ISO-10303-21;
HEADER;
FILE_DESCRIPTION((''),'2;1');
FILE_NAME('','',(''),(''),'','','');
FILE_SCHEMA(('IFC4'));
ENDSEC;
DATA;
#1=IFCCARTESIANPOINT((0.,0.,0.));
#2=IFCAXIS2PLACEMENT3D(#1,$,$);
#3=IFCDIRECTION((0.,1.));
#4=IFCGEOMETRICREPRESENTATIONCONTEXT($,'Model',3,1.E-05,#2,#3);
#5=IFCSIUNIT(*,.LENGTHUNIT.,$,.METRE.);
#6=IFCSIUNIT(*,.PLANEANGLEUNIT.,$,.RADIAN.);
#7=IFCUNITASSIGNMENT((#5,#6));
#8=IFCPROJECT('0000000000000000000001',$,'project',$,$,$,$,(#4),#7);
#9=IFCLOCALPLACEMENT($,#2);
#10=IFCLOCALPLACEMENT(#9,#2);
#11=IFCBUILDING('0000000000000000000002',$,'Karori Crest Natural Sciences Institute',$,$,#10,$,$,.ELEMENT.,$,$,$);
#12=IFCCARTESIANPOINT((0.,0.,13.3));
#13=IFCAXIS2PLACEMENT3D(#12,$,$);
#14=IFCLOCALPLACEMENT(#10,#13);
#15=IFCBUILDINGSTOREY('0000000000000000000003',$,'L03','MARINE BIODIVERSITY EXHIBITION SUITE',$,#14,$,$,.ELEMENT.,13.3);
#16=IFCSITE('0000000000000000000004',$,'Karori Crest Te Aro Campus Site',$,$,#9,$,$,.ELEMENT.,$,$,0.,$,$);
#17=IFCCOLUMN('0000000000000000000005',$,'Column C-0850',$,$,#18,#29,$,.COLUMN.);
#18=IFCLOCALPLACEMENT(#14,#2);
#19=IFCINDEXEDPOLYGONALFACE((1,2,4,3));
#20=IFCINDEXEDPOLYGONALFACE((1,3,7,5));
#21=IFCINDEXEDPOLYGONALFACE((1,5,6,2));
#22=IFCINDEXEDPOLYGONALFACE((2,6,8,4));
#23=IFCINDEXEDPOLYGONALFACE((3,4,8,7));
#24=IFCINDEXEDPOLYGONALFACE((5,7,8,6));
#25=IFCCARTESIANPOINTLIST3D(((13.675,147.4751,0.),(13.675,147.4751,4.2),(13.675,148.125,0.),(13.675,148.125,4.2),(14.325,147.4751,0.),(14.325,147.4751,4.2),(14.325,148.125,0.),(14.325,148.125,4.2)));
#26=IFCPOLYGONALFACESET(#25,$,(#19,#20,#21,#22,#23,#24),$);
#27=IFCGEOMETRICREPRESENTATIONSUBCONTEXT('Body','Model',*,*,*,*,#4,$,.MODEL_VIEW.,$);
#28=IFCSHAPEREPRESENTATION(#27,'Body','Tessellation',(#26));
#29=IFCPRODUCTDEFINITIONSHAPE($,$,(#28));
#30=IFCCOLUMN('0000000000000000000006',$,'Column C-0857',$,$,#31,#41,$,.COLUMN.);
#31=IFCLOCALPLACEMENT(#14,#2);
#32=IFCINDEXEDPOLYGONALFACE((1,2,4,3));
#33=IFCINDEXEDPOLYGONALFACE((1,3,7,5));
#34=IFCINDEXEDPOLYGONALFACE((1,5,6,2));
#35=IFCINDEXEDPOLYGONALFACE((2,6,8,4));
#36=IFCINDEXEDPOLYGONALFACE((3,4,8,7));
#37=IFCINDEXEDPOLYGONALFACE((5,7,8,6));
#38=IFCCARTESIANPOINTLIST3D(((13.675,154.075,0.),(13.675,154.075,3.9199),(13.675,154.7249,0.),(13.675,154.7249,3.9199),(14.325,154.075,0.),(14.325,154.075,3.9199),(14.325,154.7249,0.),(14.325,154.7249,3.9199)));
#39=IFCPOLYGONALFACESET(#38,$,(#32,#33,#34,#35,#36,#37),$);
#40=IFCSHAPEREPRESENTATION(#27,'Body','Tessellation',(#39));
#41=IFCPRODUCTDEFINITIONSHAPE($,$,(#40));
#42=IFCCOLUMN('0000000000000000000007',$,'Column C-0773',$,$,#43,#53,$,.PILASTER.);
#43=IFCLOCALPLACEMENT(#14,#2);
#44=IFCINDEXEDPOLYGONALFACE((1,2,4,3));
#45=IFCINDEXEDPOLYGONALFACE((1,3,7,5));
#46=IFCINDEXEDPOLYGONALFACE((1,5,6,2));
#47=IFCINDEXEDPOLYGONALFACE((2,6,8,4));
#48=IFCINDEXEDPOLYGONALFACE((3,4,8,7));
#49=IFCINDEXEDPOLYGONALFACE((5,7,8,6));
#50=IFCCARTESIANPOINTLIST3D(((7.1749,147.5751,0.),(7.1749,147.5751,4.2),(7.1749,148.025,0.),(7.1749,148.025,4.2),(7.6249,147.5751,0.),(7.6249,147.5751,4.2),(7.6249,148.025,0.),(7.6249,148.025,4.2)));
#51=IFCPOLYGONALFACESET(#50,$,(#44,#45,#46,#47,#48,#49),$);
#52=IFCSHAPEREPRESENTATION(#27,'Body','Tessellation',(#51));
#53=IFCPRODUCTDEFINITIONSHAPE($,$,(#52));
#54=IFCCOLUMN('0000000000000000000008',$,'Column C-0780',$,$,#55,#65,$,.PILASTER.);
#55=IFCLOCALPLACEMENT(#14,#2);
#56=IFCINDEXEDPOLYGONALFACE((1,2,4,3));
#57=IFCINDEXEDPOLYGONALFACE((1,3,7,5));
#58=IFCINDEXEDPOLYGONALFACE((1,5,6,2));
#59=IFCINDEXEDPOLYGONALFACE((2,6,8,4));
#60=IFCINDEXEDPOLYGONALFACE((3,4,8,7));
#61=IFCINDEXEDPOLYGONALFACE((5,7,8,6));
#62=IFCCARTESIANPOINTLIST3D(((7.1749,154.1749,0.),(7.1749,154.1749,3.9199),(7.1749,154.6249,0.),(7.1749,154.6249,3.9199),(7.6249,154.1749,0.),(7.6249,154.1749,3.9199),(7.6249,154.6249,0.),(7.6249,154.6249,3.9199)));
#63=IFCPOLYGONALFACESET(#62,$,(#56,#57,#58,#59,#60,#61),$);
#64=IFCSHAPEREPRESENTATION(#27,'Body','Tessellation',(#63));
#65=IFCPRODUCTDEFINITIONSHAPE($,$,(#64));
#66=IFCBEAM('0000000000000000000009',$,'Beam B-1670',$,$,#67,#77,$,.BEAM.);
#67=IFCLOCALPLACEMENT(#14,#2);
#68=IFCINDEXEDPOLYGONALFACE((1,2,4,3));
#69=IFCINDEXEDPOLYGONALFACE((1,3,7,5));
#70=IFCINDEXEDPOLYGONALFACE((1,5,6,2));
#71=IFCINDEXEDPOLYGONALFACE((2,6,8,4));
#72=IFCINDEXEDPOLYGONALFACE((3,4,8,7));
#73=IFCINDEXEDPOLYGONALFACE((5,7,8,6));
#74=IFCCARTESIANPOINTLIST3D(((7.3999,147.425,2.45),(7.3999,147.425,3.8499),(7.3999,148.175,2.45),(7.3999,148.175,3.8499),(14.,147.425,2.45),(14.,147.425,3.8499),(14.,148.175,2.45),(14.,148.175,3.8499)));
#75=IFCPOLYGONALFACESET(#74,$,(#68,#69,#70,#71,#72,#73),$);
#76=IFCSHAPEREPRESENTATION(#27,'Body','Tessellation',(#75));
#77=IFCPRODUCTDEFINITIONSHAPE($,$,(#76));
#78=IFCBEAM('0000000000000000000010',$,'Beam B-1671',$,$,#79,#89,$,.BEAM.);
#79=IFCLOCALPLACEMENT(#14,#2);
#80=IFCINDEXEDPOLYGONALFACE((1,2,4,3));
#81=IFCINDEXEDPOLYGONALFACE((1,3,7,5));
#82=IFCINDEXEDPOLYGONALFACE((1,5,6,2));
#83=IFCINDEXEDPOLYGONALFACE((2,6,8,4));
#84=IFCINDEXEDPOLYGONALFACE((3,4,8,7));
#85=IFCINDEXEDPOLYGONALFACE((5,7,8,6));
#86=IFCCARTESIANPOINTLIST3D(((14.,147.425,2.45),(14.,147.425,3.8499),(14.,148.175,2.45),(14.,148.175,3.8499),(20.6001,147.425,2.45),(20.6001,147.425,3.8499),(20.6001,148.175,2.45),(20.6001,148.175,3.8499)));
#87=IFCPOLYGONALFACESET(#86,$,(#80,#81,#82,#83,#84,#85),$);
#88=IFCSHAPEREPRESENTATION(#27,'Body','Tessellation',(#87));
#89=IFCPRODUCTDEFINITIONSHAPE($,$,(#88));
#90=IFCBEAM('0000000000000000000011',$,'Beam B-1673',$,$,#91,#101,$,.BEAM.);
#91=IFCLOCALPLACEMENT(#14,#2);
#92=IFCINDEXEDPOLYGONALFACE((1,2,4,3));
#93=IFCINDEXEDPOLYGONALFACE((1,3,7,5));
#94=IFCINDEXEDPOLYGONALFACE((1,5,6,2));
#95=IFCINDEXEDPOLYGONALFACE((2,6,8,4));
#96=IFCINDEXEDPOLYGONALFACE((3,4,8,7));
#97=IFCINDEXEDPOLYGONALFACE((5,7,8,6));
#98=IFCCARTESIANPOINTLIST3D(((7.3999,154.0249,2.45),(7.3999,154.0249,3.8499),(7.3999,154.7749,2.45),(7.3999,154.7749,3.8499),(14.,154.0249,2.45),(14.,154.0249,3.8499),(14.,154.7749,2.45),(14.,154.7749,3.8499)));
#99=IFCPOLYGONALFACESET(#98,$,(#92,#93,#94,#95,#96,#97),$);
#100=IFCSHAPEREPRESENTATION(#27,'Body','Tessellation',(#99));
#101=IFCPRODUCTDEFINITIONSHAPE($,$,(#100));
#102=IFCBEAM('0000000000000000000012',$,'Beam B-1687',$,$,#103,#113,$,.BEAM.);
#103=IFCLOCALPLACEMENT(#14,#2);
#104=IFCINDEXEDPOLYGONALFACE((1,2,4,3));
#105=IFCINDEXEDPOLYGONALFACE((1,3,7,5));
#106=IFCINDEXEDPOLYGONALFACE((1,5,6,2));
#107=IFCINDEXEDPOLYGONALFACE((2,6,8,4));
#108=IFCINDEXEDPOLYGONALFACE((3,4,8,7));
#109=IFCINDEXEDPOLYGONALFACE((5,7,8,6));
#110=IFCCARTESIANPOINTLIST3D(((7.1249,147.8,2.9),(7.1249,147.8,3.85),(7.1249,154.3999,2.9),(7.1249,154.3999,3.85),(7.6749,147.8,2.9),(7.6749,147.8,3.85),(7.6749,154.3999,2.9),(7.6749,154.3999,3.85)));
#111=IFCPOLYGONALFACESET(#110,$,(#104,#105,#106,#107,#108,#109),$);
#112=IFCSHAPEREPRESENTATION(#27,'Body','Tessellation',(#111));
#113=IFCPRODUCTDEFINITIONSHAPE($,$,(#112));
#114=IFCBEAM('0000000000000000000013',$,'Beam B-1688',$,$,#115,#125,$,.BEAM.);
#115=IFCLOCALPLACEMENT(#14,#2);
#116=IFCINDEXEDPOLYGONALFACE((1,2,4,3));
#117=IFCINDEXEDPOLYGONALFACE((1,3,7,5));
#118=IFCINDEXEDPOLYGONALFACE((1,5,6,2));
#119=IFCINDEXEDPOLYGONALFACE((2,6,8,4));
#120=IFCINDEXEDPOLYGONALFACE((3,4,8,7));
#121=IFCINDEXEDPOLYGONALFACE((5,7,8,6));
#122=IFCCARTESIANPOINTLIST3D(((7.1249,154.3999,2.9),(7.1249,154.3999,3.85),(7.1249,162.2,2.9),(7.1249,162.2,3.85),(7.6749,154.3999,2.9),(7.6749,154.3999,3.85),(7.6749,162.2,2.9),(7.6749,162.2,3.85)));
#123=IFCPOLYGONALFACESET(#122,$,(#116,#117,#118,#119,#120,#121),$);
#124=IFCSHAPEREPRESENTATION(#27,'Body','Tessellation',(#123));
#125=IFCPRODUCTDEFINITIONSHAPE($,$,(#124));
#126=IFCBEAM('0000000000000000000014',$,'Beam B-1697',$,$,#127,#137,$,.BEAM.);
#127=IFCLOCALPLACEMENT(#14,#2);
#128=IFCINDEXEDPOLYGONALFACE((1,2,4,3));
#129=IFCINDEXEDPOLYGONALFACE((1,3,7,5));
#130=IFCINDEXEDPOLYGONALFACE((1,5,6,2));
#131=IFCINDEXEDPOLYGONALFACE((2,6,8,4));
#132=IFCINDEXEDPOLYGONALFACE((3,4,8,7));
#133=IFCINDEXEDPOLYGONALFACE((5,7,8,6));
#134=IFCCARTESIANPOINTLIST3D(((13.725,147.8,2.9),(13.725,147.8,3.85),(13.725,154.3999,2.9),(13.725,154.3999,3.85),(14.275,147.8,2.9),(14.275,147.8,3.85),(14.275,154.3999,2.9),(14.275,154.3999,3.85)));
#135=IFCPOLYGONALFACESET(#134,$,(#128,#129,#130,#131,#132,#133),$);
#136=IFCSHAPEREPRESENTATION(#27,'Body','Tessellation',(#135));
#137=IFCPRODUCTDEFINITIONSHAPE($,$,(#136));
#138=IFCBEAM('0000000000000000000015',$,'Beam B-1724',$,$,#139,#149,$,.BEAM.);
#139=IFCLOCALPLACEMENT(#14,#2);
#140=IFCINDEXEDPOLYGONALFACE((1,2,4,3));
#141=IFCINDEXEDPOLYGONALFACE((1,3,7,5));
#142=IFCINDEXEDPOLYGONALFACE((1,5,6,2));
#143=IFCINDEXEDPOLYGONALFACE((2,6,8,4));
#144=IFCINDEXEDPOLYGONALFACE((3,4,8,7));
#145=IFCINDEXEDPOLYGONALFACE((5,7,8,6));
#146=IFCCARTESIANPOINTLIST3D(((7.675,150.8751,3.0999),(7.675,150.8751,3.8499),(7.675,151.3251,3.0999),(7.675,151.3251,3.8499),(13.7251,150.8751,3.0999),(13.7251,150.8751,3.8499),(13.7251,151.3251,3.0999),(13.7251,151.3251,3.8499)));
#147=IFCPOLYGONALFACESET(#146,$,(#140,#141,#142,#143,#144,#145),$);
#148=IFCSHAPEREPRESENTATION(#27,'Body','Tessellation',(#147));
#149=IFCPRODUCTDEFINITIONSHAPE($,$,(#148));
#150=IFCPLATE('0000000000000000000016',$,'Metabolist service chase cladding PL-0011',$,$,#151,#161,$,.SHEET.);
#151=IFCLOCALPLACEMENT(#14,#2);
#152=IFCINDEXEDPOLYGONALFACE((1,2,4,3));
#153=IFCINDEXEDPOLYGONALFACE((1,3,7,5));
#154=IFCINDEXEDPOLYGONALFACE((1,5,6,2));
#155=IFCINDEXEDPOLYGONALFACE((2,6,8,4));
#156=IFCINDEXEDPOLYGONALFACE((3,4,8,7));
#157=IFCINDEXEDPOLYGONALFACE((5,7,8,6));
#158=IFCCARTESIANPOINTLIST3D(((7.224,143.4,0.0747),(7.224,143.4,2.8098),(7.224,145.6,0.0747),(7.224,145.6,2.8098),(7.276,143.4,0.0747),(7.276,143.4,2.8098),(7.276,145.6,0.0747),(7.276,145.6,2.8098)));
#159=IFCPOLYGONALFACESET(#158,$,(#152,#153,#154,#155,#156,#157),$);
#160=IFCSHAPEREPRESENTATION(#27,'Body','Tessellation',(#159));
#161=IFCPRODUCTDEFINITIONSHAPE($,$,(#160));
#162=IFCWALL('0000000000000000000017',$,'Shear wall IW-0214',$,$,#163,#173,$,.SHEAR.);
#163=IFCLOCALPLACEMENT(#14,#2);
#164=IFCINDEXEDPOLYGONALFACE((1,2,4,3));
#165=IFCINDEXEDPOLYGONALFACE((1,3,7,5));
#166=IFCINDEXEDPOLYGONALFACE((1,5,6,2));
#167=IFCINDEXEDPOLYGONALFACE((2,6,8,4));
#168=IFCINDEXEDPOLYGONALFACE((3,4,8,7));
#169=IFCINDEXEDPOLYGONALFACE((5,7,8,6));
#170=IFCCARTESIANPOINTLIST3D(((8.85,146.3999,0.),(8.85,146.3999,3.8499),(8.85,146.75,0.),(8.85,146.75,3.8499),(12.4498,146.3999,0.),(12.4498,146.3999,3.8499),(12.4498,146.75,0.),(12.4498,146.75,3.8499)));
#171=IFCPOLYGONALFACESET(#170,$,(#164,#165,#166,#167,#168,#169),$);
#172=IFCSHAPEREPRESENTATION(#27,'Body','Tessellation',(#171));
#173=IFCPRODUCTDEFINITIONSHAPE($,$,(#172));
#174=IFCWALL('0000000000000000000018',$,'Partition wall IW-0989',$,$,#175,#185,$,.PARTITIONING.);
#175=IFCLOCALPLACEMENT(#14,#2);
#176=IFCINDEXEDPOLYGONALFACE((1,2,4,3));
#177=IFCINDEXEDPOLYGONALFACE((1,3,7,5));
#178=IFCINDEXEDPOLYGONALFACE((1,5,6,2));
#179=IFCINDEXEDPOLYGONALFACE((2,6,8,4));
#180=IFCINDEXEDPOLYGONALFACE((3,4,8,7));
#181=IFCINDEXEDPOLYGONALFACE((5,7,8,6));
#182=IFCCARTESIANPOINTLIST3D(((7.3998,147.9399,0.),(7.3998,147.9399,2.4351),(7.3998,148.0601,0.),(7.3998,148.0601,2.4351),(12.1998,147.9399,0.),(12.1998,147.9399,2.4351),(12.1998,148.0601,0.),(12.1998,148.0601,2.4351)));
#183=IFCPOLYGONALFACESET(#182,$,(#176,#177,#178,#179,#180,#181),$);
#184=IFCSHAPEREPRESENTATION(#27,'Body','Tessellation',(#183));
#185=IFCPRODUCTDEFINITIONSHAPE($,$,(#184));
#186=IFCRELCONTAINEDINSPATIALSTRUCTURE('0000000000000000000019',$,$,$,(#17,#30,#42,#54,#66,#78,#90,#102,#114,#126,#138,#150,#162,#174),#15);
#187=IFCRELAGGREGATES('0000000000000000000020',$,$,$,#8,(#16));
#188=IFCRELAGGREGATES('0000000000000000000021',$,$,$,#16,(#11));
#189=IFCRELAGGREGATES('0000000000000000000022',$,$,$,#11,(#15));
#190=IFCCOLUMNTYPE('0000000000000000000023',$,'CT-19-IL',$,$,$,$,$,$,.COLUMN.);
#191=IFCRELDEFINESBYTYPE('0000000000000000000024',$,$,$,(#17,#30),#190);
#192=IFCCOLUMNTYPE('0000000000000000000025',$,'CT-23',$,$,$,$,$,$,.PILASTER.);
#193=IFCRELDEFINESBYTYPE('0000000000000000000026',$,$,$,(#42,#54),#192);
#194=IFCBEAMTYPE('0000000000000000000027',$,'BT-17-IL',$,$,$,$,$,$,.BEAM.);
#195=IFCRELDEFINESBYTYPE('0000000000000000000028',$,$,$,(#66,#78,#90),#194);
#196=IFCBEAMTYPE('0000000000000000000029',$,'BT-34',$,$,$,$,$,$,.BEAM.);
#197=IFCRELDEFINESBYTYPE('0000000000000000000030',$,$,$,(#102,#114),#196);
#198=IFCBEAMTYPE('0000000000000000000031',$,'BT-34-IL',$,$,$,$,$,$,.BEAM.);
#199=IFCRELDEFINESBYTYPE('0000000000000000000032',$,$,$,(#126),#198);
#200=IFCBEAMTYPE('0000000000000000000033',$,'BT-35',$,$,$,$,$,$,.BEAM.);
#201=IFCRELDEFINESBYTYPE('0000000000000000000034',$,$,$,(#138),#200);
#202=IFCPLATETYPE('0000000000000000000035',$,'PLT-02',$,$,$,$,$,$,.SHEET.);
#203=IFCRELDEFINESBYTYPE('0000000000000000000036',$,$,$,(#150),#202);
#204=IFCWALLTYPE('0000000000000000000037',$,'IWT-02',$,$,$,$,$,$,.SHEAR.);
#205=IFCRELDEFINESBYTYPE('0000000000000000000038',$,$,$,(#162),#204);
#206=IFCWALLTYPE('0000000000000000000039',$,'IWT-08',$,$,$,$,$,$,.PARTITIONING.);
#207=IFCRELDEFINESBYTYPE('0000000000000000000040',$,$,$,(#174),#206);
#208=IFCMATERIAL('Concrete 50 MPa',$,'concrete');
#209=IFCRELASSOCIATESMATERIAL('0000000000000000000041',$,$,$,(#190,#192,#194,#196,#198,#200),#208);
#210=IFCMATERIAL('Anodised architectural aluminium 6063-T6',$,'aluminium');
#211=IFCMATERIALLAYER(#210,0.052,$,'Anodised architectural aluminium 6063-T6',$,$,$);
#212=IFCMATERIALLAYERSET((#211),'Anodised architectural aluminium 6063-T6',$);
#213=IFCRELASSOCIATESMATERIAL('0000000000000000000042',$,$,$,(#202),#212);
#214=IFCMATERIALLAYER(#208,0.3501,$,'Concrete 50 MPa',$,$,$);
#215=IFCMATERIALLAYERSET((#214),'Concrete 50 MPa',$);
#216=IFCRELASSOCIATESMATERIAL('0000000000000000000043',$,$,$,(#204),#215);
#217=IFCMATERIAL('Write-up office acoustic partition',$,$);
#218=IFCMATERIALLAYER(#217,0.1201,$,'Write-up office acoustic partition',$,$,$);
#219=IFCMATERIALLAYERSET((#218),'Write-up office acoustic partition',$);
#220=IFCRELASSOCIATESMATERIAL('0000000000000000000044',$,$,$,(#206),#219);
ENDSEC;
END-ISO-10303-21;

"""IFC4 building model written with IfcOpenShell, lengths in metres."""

from ifc_helpers import new_model, si_unit, direction, frame, frame_2d, origin, origin_2d, place, context, subcontext, project, spatial, rectangle, extrude, material, layer, layer_set, material_profile, profile_set, type_object, element, save


model = new_model("IFC4")

# Units and contexts
model_context = context("Model", 3, precision=1e-05, world=origin(), true_north=direction((0.0, 1.0)))
body_context = subcontext(model_context, "Body", "Model", "MODEL_VIEW")
ifc_project = project(units=[si_unit("LENGTHUNIT", "METRE"), si_unit("PLANEANGLEUNIT", "RADIAN")], contexts=[model_context])

# Site, building, storey
site_placement = place(None, origin())
site = spatial("IfcSite", under=ifc_project, at=site_placement, Name="Karori Crest Te Aro Campus Site", CompositionType="ELEMENT", RefElevation=0.0)
building_placement = place(site_placement, origin())
building = spatial("IfcBuilding", under=site, at=building_placement, Name="Karori Crest Natural Sciences Institute", CompositionType="ELEMENT")
storey_placement = place(building_placement, frame((0.0, 0.0, 13.3)))
storey = spatial("IfcBuildingStorey", under=building, at=storey_placement, Name="L03", Description="MARINE BIODIVERSITY EXHIBITION SUITE", CompositionType="ELEMENT", Elevation=13.3)

# Columns
ifc_material_1 = material(Name="Concrete 50 MPa", Category="concrete")
ifc_material_profile_1 = material_profile(ifc_material_1, rectangle(XDim=0.6499, YDim=0.6499, at=origin_2d()), Name="RC650x650")
ifc_profile_set_1 = profile_set([ifc_material_profile_1], Name="Concrete 50 MPa")
column_type_1 = type_object("IfcColumnType", Name="CT-19-IL", PredefinedType="COLUMN", material=ifc_profile_set_1)
column_1_placement = place(storey_placement, frame((14.0, 147.8, 0.0), z_axis=(0.0, 0.0, 1.0), x_axis=(1.0, 0.0, 0.0)))
element("IfcColumn", 1, at=column_1_placement, inside=storey, type_object=column_type_1, Name="Column C-0850", PredefinedType="COLUMN", context=body_context, shape_type="SweptSolid", body=[
    extrude(rectangle(XDim=0.6499, YDim=0.6499, at=origin_2d()), origin(), (0.0, 0.0, 1.0), 4.2),
])
column_2_placement = place(storey_placement, frame((14.0, 154.3999, 0.0), z_axis=(0.0, 0.0, 1.0), x_axis=(1.0, 0.0, 0.0)))
element("IfcColumn", 2, at=column_2_placement, inside=storey, type_object=column_type_1, Name="Column C-0857", PredefinedType="COLUMN", context=body_context, shape_type="SweptSolid", body=[
    extrude(rectangle(XDim=0.6499, YDim=0.6499, at=origin_2d()), origin(), (0.0, 0.0, 1.0), 3.9199),
])
ifc_material_profile_2 = material_profile(ifc_material_1, rectangle(XDim=0.45, YDim=0.45, at=origin_2d()), Name="RC450x450")
ifc_profile_set_2 = profile_set([ifc_material_profile_2], Name="Concrete 50 MPa")
column_type_2 = type_object("IfcColumnType", Name="CT-23", PredefinedType="PILASTER", material=ifc_profile_set_2)
column_3_placement = place(storey_placement, frame((7.3999, 147.8, 0.0), z_axis=(0.0, 0.0, 1.0), x_axis=(1.0, 0.0, 0.0)))
element("IfcColumn", 3, at=column_3_placement, inside=storey, type_object=column_type_2, Name="Column C-0773", PredefinedType="PILASTER", context=body_context, shape_type="SweptSolid", body=[
    extrude(rectangle(XDim=0.45, YDim=0.45, at=origin_2d()), origin(), (0.0, 0.0, 1.0), 4.2),
])
column_4_placement = place(storey_placement, frame((7.3999, 154.3999, 0.0), z_axis=(0.0, 0.0, 1.0), x_axis=(1.0, 0.0, 0.0)))
element("IfcColumn", 4, at=column_4_placement, inside=storey, type_object=column_type_2, Name="Column C-0780", PredefinedType="PILASTER", context=body_context, shape_type="SweptSolid", body=[
    extrude(rectangle(XDim=0.45, YDim=0.45, at=origin_2d()), origin(), (0.0, 0.0, 1.0), 3.9199),
])

# Beams
ifc_material_profile_3 = material_profile(ifc_material_1, rectangle(XDim=0.75, YDim=1.3999, at=origin_2d()), Name="RCB750x1400")
ifc_profile_set_3 = profile_set([ifc_material_profile_3], Name="Concrete 50 MPa")
beam_type_1 = type_object("IfcBeamType", Name="BT-17-IL", PredefinedType="BEAM", material=ifc_profile_set_3)
for number, where, z_axis, x_axis, name in (
    (5, (7.3999, 147.8, 3.1499), (1.0, 0.0, 0.0), (0.0, 1.0, 0.0), "Beam B-1670"),
    (6, (14.0, 147.8, 3.1499), (1.0, 0.0, 0.0), (0.0, 1.0, 0.0), "Beam B-1671"),
    (7, (7.3999, 154.3999, 3.1499), (1.0, 0.0, 0.0), (0.0, 1.0, 0.0), "Beam B-1673"),
):
    element("IfcBeam", number, at=place(storey_placement, frame(where, z_axis=z_axis, x_axis=x_axis)), inside=storey, type_object=beam_type_1, Name=name, PredefinedType="BEAM", context=body_context, shape_type="SweptSolid", body=[
        extrude(rectangle(XDim=0.75, YDim=1.3999, at=origin_2d()), origin(), (0.0, 0.0, 1.0), 6.6001),
    ])
ifc_material_profile_4 = material_profile(ifc_material_1, rectangle(XDim=0.55, YDim=0.95, at=origin_2d()), Name="RCB550x950")
ifc_profile_set_4 = profile_set([ifc_material_profile_4], Name="Concrete 50 MPa")
beam_type_2 = type_object("IfcBeamType", Name="BT-34", PredefinedType="BEAM", material=ifc_profile_set_4)
beam_1_placement = place(storey_placement, frame((7.3999, 147.8, 3.375), z_axis=(0.0, 1.0, 0.0), x_axis=(-1.0, 0.0, 0.0)))
element("IfcBeam", 8, at=beam_1_placement, inside=storey, type_object=beam_type_2, Name="Beam B-1687", PredefinedType="BEAM", context=body_context, shape_type="SweptSolid", body=[
    extrude(rectangle(XDim=0.55, YDim=0.95, at=origin_2d()), origin(), (0.0, 0.0, 1.0), 6.5999),
])
beam_2_placement = place(storey_placement, frame((7.3999, 154.3999, 3.375), z_axis=(0.0, 1.0, 0.0), x_axis=(-1.0, 0.0, 0.0)))
element("IfcBeam", 9, at=beam_2_placement, inside=storey, type_object=beam_type_2, Name="Beam B-1688", PredefinedType="BEAM", context=body_context, shape_type="SweptSolid", body=[
    extrude(rectangle(XDim=0.55, YDim=0.95, at=origin_2d()), origin(), (0.0, 0.0, 1.0), 7.8),
])
ifc_material_profile_5 = material_profile(ifc_material_1, rectangle(XDim=0.55, YDim=0.95, at=origin_2d()), Name="RCB550x950")
ifc_profile_set_5 = profile_set([ifc_material_profile_5], Name="Concrete 50 MPa")
beam_type_3 = type_object("IfcBeamType", Name="BT-34-IL", PredefinedType="BEAM", material=ifc_profile_set_5)
beam_3_placement = place(storey_placement, frame((14.0, 147.8, 3.375), z_axis=(0.0, 1.0, 0.0), x_axis=(-1.0, 0.0, 0.0)))
element("IfcBeam", 10, at=beam_3_placement, inside=storey, type_object=beam_type_3, Name="Beam B-1697", PredefinedType="BEAM", context=body_context, shape_type="SweptSolid", body=[
    extrude(rectangle(XDim=0.55, YDim=0.95, at=origin_2d()), origin(), (0.0, 0.0, 1.0), 6.5999),
])
ifc_material_profile_6 = material_profile(ifc_material_1, rectangle(XDim=0.45, YDim=0.75, at=origin_2d()), Name="RCB450x750")
ifc_profile_set_6 = profile_set([ifc_material_profile_6], Name="Concrete 50 MPa")
beam_type_4 = type_object("IfcBeamType", Name="BT-35", PredefinedType="BEAM", material=ifc_profile_set_6)
beam_4_placement = place(storey_placement, frame((7.675, 151.1001, 3.4749), z_axis=(1.0, 0.0, 0.0), x_axis=(0.0, 1.0, 0.0)))
element("IfcBeam", 11, at=beam_4_placement, inside=storey, type_object=beam_type_4, Name="Beam B-1724", PredefinedType="BEAM", context=body_context, shape_type="SweptSolid", body=[
    extrude(rectangle(XDim=0.45, YDim=0.75, at=origin_2d()), origin(), (0.0, 0.0, 1.0), 6.05),
])

# Plate
ifc_material_2 = material(Name="Anodised architectural aluminium 6063-T6", Category="aluminium")
ifc_layer_1 = layer(ifc_material_2, 0.052, Name="Anodised architectural aluminium 6063-T6")
ifc_layer_set_1 = layer_set([ifc_layer_1], Name="Anodised architectural aluminium 6063-T6")
plate_type = type_object("IfcPlateType", Name="PLT-02", PredefinedType="SHEET", material=ifc_layer_set_1)
plate_placement = place(storey_placement, frame((7.25, 144.5, 0.0747), z_axis=(0.0, 0.0, 1.0), x_axis=(1.0, 0.0, 0.0)))
element("IfcPlate", 12, at=plate_placement, inside=storey, type_object=plate_type, Name="Metabolist service chase cladding PL-0011", PredefinedType="SHEET", context=body_context, shape_type="SweptSolid", body=[
    extrude(rectangle(XDim=0.052, YDim=2.2, at=origin_2d()), origin(), (0.0, 0.0, 1.0), 2.7351),
])

# Walls
ifc_layer_2 = layer(ifc_material_1, 0.3501, Name="Concrete 50 MPa")
ifc_layer_set_2 = layer_set([ifc_layer_2], Name="Concrete 50 MPa")
wall_type_1 = type_object("IfcWallType", Name="IWT-02", PredefinedType="SHEAR", material=ifc_layer_set_2)
wall_1_placement = place(storey_placement, frame((8.8501, 146.575, 0.0), z_axis=(0.0, 0.0, 1.0), x_axis=(1.0, 0.0, 0.0)))
element("IfcWall", 13, at=wall_1_placement, inside=storey, type_object=wall_type_1, Name="Shear wall IW-0214", PredefinedType="SHEAR", context=body_context, shape_type="SweptSolid", body=[
    extrude(rectangle(XDim=3.5999, YDim=0.3501, at=frame_2d((1.7998, 0.0))), origin(), (0.0, 0.0, 1.0), 3.8499),
])
ifc_material_3 = material(Name="Write-up office acoustic partition")
ifc_layer_3 = layer(ifc_material_3, 0.1201, Name="Write-up office acoustic partition")
ifc_layer_set_3 = layer_set([ifc_layer_3], Name="Write-up office acoustic partition")
wall_type_2 = type_object("IfcWallType", Name="IWT-08", PredefinedType="PARTITIONING", material=ifc_layer_set_3)
wall_2_placement = place(storey_placement, frame((7.3999, 148.0, 0.0), z_axis=(0.0, 0.0, 1.0), x_axis=(1.0, 0.0, 0.0)))
element("IfcWall", 14, at=wall_2_placement, inside=storey, type_object=wall_type_2, Name="Partition wall IW-0989", PredefinedType="PARTITIONING", context=body_context, shape_type="SweptSolid", body=[
    extrude(rectangle(XDim=4.8, YDim=0.1201, at=frame_2d((2.3999, 0.0))), origin(), (0.0, 0.0, 1.0), 2.4351),
])

save(model, "model.ifc")
